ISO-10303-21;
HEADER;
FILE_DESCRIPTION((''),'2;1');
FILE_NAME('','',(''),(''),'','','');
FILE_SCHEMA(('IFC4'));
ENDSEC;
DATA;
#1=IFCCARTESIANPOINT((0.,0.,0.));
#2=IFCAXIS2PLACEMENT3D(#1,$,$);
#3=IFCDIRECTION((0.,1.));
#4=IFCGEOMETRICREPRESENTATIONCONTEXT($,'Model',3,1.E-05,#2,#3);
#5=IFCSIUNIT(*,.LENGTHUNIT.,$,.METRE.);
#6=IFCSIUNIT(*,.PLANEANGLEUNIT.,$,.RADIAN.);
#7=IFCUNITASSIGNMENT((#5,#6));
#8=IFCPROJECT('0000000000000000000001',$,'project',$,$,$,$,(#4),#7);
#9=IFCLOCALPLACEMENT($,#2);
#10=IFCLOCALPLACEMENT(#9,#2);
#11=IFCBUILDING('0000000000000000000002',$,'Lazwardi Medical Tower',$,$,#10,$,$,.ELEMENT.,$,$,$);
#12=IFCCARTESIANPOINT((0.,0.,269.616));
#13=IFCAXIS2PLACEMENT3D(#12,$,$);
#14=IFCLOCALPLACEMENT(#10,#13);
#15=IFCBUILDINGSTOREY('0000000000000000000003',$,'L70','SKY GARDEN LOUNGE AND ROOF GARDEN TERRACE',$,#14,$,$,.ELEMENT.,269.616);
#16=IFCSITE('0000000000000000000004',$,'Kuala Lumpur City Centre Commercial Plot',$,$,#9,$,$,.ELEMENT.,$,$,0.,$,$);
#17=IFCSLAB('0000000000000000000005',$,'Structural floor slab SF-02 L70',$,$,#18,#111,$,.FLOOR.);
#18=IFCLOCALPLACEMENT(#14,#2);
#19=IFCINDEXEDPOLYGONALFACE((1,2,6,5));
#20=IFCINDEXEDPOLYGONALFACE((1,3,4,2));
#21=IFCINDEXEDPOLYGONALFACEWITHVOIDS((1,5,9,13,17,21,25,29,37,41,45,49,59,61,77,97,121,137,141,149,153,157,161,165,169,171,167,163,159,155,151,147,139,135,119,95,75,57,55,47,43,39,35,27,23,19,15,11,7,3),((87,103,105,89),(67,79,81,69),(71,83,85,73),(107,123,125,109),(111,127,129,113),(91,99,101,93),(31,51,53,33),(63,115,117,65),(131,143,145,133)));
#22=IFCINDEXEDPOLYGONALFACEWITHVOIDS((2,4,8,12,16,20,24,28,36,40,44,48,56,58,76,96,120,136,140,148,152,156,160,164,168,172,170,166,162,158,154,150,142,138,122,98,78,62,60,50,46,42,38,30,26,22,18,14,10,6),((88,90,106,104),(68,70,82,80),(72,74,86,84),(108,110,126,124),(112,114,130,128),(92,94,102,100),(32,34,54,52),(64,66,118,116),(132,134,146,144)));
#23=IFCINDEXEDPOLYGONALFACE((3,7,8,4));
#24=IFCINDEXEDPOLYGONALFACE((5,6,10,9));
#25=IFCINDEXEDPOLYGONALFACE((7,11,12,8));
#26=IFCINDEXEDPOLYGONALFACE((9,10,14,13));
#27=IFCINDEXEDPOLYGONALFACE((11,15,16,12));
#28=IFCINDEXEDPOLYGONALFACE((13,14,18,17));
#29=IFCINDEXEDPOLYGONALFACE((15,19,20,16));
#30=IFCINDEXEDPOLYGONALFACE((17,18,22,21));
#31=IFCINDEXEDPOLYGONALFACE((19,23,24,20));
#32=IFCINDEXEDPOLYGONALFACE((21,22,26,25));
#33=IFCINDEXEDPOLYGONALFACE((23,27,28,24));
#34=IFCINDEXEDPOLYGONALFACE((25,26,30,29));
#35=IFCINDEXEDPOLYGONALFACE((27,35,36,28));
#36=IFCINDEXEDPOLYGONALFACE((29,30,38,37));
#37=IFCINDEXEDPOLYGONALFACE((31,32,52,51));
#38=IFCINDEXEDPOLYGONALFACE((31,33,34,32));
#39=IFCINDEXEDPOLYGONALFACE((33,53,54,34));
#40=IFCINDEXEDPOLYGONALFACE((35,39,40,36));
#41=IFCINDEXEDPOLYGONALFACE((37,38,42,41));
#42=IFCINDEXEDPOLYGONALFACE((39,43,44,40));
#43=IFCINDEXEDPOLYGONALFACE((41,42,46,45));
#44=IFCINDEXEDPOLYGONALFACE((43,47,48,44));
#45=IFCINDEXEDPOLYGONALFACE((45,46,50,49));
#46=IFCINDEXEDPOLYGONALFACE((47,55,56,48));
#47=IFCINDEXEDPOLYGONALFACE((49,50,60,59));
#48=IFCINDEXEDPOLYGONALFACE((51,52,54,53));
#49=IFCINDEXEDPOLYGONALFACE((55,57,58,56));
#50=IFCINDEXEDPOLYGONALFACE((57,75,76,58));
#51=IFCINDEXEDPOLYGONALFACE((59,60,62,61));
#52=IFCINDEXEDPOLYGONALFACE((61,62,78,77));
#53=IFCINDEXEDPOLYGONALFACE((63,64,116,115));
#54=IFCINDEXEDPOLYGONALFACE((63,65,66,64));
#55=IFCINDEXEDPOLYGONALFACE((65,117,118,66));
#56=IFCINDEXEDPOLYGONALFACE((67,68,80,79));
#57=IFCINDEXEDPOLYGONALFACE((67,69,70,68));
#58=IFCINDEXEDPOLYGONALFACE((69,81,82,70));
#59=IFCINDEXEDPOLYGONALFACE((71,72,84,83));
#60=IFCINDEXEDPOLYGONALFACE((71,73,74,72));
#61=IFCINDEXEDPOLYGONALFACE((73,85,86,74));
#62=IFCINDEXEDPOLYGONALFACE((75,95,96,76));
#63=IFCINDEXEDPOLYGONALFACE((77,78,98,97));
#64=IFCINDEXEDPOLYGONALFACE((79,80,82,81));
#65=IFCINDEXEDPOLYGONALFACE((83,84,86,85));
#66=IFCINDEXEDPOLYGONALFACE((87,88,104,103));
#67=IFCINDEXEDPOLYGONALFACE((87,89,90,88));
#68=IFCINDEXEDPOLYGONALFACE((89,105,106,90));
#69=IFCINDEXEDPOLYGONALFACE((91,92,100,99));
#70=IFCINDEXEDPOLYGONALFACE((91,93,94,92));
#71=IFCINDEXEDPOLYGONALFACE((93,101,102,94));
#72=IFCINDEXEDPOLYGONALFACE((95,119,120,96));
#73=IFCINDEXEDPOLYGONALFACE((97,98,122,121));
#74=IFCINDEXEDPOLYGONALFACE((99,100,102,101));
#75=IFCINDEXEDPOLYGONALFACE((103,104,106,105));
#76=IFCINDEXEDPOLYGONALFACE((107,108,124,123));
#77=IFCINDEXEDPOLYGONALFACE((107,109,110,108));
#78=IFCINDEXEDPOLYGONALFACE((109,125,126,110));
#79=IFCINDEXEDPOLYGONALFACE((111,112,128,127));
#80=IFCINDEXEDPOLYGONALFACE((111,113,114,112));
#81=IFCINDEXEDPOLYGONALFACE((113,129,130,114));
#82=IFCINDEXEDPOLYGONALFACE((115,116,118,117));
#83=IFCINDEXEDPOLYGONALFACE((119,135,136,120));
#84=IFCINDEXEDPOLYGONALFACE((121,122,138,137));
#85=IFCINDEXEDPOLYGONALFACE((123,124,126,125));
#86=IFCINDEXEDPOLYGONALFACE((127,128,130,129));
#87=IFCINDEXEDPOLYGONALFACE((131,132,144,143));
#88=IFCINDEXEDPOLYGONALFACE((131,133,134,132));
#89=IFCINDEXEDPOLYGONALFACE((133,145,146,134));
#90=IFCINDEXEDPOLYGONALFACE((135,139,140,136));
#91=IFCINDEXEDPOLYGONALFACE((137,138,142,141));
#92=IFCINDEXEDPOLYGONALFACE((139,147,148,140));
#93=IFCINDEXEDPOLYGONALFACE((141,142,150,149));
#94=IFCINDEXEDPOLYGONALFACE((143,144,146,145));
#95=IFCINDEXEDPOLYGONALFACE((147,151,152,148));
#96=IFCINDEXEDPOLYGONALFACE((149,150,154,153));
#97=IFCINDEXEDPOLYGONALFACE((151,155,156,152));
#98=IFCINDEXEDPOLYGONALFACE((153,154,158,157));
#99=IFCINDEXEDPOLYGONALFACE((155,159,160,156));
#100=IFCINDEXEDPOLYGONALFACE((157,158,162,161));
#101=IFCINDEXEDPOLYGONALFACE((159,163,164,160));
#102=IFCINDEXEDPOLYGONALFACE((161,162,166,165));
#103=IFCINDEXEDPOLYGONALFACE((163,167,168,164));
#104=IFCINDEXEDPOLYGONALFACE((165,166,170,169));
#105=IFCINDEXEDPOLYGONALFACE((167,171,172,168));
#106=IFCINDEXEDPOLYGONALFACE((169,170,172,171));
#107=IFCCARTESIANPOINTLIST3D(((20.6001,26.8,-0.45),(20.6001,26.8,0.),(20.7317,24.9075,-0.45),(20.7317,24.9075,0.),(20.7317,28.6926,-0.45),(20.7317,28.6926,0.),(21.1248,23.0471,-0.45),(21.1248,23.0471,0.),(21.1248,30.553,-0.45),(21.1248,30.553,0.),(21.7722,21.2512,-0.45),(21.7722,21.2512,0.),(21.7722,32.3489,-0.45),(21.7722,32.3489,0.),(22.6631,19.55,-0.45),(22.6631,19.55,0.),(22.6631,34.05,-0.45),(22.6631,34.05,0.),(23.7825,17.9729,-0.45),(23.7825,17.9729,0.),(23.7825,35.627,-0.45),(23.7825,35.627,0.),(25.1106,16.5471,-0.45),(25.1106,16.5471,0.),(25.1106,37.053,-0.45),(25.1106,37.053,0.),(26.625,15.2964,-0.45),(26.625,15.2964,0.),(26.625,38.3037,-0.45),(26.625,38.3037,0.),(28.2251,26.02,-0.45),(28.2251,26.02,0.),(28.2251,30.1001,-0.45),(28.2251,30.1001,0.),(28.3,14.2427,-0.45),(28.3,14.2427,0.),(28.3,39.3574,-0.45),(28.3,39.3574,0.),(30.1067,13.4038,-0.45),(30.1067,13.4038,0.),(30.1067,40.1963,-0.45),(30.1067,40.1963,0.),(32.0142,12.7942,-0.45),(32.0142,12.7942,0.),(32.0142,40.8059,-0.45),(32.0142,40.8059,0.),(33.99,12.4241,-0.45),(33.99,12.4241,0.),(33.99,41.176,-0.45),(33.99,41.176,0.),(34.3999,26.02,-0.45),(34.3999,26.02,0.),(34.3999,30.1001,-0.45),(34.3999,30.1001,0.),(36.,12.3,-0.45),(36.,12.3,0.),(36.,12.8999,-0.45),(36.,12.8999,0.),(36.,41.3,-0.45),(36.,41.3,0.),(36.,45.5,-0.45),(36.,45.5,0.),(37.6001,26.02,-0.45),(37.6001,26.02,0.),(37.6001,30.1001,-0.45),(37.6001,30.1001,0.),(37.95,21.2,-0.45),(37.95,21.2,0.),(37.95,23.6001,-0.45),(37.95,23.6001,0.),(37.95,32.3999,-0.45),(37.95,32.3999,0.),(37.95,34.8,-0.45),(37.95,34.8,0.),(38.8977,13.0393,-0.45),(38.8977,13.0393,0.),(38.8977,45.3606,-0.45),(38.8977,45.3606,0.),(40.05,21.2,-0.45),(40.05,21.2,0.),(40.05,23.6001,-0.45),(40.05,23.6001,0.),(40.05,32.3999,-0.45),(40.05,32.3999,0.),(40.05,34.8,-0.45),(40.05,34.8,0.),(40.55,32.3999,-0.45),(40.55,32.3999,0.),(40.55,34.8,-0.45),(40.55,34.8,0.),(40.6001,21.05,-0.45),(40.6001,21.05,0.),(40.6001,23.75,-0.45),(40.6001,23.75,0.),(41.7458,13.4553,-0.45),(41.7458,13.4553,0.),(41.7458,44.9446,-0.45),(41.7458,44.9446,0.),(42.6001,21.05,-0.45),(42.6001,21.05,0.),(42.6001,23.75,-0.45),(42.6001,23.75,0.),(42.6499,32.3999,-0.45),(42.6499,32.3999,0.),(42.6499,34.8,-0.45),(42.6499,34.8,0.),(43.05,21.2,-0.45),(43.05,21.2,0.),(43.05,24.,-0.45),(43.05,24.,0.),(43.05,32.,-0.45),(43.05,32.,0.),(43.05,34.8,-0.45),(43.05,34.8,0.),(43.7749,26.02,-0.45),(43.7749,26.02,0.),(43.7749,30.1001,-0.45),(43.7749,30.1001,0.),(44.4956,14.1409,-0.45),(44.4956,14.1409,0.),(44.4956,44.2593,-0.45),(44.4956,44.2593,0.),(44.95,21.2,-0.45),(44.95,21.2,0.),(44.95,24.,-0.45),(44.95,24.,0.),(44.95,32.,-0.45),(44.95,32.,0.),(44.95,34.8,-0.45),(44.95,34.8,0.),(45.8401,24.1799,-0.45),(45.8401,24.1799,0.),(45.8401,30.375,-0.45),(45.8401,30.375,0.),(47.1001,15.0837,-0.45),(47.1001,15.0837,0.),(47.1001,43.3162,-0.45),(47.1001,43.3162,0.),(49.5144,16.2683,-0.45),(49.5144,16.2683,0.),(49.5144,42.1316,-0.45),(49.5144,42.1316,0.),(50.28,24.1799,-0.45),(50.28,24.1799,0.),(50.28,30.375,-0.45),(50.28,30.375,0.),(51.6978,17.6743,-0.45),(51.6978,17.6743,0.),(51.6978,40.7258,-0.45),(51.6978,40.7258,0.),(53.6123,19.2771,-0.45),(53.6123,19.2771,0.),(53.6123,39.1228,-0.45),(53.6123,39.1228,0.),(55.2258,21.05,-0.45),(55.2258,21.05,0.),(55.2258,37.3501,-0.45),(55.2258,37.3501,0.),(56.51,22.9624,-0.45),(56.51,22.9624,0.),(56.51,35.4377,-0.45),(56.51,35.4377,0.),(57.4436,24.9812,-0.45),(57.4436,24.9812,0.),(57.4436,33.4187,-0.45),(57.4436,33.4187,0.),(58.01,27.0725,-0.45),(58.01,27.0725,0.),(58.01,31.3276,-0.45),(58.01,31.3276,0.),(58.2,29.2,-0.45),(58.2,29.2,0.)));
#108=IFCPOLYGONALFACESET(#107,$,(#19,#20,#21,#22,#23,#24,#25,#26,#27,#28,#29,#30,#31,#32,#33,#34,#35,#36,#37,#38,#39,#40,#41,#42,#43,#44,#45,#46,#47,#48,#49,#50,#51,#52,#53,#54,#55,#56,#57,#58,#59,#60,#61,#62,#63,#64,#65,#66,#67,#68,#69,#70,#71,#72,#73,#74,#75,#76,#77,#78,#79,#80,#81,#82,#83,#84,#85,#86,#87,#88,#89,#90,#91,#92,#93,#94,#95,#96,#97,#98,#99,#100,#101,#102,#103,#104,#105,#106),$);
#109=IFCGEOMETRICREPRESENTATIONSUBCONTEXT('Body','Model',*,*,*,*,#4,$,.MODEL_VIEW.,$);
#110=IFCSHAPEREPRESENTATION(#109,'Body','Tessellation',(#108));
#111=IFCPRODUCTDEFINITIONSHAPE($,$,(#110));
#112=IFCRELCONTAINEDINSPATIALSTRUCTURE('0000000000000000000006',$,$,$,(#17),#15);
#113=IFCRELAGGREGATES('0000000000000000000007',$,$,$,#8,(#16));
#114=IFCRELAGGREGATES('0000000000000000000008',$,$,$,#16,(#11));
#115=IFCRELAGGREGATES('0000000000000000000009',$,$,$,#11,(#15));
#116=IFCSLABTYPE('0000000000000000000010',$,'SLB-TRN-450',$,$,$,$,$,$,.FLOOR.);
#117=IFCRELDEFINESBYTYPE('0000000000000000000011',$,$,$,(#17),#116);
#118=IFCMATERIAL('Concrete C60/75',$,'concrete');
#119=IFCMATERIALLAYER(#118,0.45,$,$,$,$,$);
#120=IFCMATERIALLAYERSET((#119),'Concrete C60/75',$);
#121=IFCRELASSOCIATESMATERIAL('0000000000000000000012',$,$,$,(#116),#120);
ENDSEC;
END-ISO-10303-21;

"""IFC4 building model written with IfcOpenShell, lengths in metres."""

from ifc_helpers import new_model, si_unit, direction, frame, origin, place, context, subcontext, project, spatial, polyline, outline, extrude, material, layer, layer_set, type_object, element, save


model = new_model("IFC4")

# Units and contexts
model_context = context("Model", 3, precision=1e-05, world=origin(), true_north=direction((0.0, 1.0)))
body_context = subcontext(model_context, "Body", "Model", "MODEL_VIEW")
ifc_project = project(units=[si_unit("LENGTHUNIT", "METRE"), si_unit("PLANEANGLEUNIT", "RADIAN")], contexts=[model_context])

# Site, building, storey
site_placement = place(None, origin())
site = spatial("IfcSite", under=ifc_project, at=site_placement, Name="Kuala Lumpur City Centre Commercial Plot", CompositionType="ELEMENT", RefElevation=0.0)
building_placement = place(site_placement, origin())
building = spatial("IfcBuilding", under=site, at=building_placement, Name="Lazwardi Medical Tower", CompositionType="ELEMENT")
storey_placement = place(building_placement, frame((0.0, 0.0, 269.616)))
storey = spatial("IfcBuildingStorey", under=building, at=storey_placement, Name="L70", Description="SKY GARDEN LOUNGE AND ROOF GARDEN TERRACE", CompositionType="ELEMENT", Elevation=269.616)

# Slab
ifc_material_1 = material(Name="Concrete C60/75", Category="concrete")
ifc_layer_1 = layer(ifc_material_1, 0.45)
ifc_layer_set_1 = layer_set([ifc_layer_1], Name="Concrete C60/75")
slab_type_1 = type_object("IfcSlabType", Name="SLB-TRN-450", PredefinedType="FLOOR", material=ifc_layer_set_1)
slab_1_placement = place(storey_placement, frame((0.0, 0.0, -0.45)))
element("IfcSlab", 1, at=slab_1_placement, inside=storey, type_object=slab_type_1, Name="Structural floor slab SF-02 L70", PredefinedType="FLOOR", context=body_context, shape_type="SweptSolid", body=[
    extrude(outline(polyline([(23.7825, 17.9729), (25.1106, 16.5471), (26.625, 15.2964), (28.3, 14.2427), (30.1067, 13.4038), (32.0142, 12.7942), (33.99, 12.4241), (36.0, 12.3), (36.0, 12.8999), (38.8977, 13.0393), (41.7458, 13.4553), (44.4956, 14.1409), (47.1001, 15.0837), (49.5144, 16.2683), (51.6978, 17.6743), (53.6123, 19.2771), (55.2258, 21.05), (56.51, 22.9624), (57.4436, 24.9812), (58.01, 27.0725), (58.2, 29.2), (58.01, 31.3276), (57.4436, 33.4187), (56.51, 35.4377), (55.2258, 37.3501), (53.6123, 39.1228), (51.6978, 40.7258), (49.5144, 42.1316), (47.1001, 43.3162), (44.4956, 44.2593), (41.7458, 44.9446), (38.8977, 45.3606), (36.0, 45.5), (36.0, 41.3), (33.99, 41.176), (32.0142, 40.8059), (30.1067, 40.1963), (28.3, 39.3574), (26.625, 38.3037), (25.1106, 37.053), (23.7825, 35.627), (22.6631, 34.05), (21.7722, 32.3489), (21.1248, 30.553), (20.7317, 28.6926), (20.6001, 26.8), (20.7317, 24.9075), (21.1248, 23.0471), (21.7722, 21.2512), (22.6631, 19.55), (23.7825, 17.9729)]), holes=[polyline([(28.2251, 26.02), (28.2251, 30.1001), (34.3999, 30.1001), (34.3999, 26.02), (28.2251, 26.02)]), polyline([(37.6001, 30.1001), (43.7749, 30.1001), (43.7749, 26.02), (37.6001, 26.02), (37.6001, 30.1001)]), polyline([(50.28, 30.375), (50.28, 24.1799), (45.8401, 24.1799), (45.8401, 30.375), (50.28, 30.375)]), polyline([(40.05, 32.3999), (37.95, 32.3999), (37.95, 34.8), (40.05, 34.8), (40.05, 32.3999)]), polyline([(40.55, 32.3999), (40.55, 34.8), (42.6499, 34.8), (42.6499, 32.3999), (40.55, 32.3999)]), polyline([(37.95, 23.6001), (40.05, 23.6001), (40.05, 21.2), (37.95, 21.2), (37.95, 23.6001)]), polyline([(44.95, 34.8), (44.95, 32.0), (43.05, 32.0), (43.05, 34.8), (44.95, 34.8)]), polyline([(44.95, 21.2), (43.05, 21.2), (43.05, 24.0), (44.95, 24.0), (44.95, 21.2)]), polyline([(40.6001, 21.05), (40.6001, 23.75), (42.6001, 23.75), (42.6001, 21.05), (40.6001, 21.05)])]), origin(), (0.0, 0.0, 1.0), 0.45),
])

save(model, "model.ifc")
